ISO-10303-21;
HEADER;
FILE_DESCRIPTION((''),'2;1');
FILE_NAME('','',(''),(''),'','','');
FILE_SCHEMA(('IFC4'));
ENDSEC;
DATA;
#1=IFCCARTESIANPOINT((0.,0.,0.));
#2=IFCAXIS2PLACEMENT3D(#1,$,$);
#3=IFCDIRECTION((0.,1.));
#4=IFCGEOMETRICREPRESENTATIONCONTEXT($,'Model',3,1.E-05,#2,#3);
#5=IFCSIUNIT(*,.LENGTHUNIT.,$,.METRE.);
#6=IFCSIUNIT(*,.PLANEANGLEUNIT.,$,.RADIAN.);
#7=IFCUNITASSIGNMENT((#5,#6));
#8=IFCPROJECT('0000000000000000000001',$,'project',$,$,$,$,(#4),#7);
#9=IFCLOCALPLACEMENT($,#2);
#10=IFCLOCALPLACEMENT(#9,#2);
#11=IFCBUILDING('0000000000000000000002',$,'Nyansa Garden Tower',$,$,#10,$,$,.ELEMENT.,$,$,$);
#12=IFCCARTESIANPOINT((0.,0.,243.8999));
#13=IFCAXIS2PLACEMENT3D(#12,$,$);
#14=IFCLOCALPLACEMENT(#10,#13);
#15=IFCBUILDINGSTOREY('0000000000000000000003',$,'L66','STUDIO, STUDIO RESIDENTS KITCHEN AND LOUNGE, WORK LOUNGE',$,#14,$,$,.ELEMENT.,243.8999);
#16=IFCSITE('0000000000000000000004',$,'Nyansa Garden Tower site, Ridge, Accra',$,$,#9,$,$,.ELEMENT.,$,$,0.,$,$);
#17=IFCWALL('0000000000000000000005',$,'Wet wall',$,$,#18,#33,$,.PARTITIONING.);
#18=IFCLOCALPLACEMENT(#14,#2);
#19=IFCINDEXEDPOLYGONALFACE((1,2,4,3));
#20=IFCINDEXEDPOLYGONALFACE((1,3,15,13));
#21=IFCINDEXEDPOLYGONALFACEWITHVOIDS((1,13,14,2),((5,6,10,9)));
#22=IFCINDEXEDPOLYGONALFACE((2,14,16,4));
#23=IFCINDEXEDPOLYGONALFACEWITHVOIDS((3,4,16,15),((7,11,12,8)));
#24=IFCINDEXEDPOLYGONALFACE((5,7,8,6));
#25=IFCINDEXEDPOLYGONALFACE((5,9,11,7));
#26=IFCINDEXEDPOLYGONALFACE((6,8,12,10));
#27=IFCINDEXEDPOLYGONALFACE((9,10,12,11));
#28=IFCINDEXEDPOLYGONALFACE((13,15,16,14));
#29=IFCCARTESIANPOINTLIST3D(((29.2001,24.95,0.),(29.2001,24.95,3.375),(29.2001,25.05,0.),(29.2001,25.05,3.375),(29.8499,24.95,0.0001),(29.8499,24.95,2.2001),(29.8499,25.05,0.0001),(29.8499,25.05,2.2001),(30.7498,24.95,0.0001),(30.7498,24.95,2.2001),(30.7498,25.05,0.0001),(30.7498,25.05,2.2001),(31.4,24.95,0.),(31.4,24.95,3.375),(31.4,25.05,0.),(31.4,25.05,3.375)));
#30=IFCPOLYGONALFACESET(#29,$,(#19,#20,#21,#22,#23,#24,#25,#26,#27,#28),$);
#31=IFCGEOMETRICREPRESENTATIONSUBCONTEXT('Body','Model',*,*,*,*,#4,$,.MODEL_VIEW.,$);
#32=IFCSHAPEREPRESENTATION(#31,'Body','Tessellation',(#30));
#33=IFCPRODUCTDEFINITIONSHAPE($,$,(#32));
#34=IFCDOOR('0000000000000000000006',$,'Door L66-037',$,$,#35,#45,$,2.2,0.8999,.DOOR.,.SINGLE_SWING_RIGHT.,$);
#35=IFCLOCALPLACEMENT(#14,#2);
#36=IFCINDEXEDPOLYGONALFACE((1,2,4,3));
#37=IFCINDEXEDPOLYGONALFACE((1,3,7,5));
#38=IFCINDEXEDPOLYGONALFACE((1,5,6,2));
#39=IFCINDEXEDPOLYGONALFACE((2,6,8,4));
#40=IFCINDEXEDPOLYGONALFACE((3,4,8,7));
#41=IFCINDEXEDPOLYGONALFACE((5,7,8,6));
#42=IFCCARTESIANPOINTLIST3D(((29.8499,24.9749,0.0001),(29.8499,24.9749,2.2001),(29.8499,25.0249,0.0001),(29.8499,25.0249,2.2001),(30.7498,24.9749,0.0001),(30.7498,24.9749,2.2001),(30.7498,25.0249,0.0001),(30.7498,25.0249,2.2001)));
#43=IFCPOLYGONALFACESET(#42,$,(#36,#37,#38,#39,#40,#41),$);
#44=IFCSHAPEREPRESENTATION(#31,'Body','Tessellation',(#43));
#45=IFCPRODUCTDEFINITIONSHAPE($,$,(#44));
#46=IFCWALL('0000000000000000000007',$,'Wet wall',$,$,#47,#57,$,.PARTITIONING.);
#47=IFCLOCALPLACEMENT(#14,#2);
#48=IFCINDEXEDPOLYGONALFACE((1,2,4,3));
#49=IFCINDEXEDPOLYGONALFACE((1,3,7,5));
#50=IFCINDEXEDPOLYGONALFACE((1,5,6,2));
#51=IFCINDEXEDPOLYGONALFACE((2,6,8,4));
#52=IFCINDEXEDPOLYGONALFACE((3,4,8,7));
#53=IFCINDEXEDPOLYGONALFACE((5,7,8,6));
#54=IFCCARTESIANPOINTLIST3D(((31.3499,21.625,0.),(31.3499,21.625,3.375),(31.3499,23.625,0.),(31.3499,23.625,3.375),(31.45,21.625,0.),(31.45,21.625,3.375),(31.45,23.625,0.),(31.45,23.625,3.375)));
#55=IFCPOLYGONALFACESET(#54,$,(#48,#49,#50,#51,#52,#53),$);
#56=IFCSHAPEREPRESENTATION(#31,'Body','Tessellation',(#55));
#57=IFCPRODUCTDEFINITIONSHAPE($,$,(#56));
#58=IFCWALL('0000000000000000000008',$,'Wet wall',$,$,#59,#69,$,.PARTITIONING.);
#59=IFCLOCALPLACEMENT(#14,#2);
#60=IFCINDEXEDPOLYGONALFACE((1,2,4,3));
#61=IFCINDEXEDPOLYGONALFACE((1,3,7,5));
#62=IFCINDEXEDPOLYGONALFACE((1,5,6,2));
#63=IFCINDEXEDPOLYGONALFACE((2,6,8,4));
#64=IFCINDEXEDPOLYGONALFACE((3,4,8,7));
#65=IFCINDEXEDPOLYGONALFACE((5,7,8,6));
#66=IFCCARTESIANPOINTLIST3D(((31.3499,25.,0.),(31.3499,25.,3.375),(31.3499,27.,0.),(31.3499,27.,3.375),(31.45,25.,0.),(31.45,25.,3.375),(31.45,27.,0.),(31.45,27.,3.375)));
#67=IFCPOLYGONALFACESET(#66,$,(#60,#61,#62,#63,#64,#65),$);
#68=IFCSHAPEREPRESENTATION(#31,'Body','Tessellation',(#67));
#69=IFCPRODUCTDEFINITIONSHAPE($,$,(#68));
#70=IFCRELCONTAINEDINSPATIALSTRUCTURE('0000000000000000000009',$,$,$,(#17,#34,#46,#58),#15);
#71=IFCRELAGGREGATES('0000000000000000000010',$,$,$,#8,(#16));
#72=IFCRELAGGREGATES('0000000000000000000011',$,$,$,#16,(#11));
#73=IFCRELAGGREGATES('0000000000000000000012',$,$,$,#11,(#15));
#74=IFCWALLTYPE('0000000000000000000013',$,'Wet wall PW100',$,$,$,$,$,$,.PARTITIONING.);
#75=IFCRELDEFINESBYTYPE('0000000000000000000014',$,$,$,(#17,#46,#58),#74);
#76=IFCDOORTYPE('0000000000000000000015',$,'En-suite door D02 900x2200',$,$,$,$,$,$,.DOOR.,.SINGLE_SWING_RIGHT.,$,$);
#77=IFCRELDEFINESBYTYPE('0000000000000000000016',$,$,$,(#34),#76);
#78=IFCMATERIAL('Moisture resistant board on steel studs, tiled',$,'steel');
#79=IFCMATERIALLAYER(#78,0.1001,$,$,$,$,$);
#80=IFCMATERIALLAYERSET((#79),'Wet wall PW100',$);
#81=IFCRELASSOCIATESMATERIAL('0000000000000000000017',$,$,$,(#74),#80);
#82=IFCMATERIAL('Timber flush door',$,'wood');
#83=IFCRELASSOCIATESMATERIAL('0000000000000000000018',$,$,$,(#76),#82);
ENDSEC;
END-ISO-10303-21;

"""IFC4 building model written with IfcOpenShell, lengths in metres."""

from ifc_helpers import new_model, si_unit, direction, frame, frame_2d, origin, place, context, subcontext, project, spatial, rectangle, extrude, material, layer, layer_set, type_object, element, fill, save


model = new_model("IFC4")

# Units and contexts
model_context = context("Model", 3, precision=1e-05, world=origin(), true_north=direction((0.0, 1.0)))
body_context = subcontext(model_context, "Body", "Model", "MODEL_VIEW")
ifc_project = project(units=[si_unit("LENGTHUNIT", "METRE"), si_unit("PLANEANGLEUNIT", "RADIAN")], contexts=[model_context])

# Site, building, storey
site_placement = place(None, origin())
site = spatial("IfcSite", under=ifc_project, at=site_placement, Name="Nyansa Garden Tower site, Ridge, Accra", CompositionType="ELEMENT", RefElevation=0.0)
building_placement = place(site_placement, origin())
building = spatial("IfcBuilding", under=site, at=building_placement, Name="Nyansa Garden Tower", CompositionType="ELEMENT")
storey_placement = place(building_placement, frame((0.0, 0.0, 243.8999)))
storey = spatial("IfcBuildingStorey", under=building, at=storey_placement, Name="L66", Description="STUDIO, STUDIO RESIDENTS KITCHEN AND LOUNGE, WORK LOUNGE", CompositionType="ELEMENT", Elevation=243.8999)

# Wall, opening, door
ifc_material_1 = material(Name="Moisture resistant board on steel studs, tiled", Category="steel")
ifc_layer_1 = layer(ifc_material_1, 0.1001)
ifc_layer_set_1 = layer_set([ifc_layer_1], Name="Wet wall PW100")
wall_type_1 = type_object("IfcWallType", Name="Wet wall PW100", PredefinedType="PARTITIONING", material=ifc_layer_set_1)
ifc_material_2 = material(Name="Timber flush door", Category="wood")
door_type = type_object("IfcDoorType", Name="En-suite door D02 900x2200", OperationType="SINGLE_SWING_RIGHT", PredefinedType="DOOR", material=ifc_material_2)
wall_1_placement = place(storey_placement, frame((29.2, 25.0, 0.0), z_axis=(0.0, 0.0, 1.0), x_axis=(1.0, 0.0, 0.0)))
wall_1 = element("IfcWall", 1, at=wall_1_placement, inside=storey, type_object=wall_type_1, Name="Wet wall", PredefinedType="PARTITIONING", context=body_context, shape_type="SweptSolid", body=[
    extrude(rectangle(XDim=2.2, YDim=0.1001, at=frame_2d((1.1001, 0.0))), origin(), (0.0, 0.0, 1.0), 3.375),
])
opening_1_placement = place(wall_1_placement, frame((0.6499, 0.0, 0.0)))
opening_1 = element("IfcOpeningElement", 2, at=opening_1_placement, cuts=wall_1, PredefinedType="OPENING", context=body_context, shape_type="SweptSolid", body=[
    extrude(rectangle(XDim=0.8999, YDim=2.2, at=frame_2d((0.45, 1.1001))), frame((0.0, 0.0601, 0.0), z_axis=(0.0, -1.0, 0.0), x_axis=(1.0, 0.0, 0.0)), (0.0, 0.0, 1.0), 0.1201),
])
door_1_placement = place(opening_1_placement, origin())
door_1 = element("IfcDoor", 3, at=door_1_placement, inside=storey, type_object=door_type, Name="Door L66-037", OperationType="SINGLE_SWING_RIGHT", OverallHeight=2.2, OverallWidth=0.8999, PredefinedType="DOOR", context=body_context, shape_type="SweptSolid", body=[
    extrude(rectangle(XDim=0.8999, YDim=2.2, at=frame_2d((0.45, 1.1001))), frame((0.0, 0.0249, 0.0), z_axis=(0.0, -1.0, 0.0), x_axis=(1.0, 0.0, 0.0)), (0.0, 0.0, 1.0), 0.05),
])
fill(opening_1, door_1)

# Walls
for number, where, z_axis, x_axis, name in (
    (4, (31.3999, 21.625, 0.0), (0.0, 0.0, 1.0), (0.0, 1.0, 0.0), "Wet wall"),
    (5, (31.3999, 25.0, 0.0), (0.0, 0.0, 1.0), (0.0, 1.0, 0.0), "Wet wall"),
):
    element("IfcWall", number, at=place(storey_placement, frame(where, z_axis=z_axis, x_axis=x_axis)), inside=storey, type_object=wall_type_1, Name=name, PredefinedType="PARTITIONING", context=body_context, shape_type="SweptSolid", body=[
        extrude(rectangle(XDim=2.0, YDim=0.1001, at=frame_2d((1.0, 0.0))), origin(), (0.0, 0.0, 1.0), 3.375),
    ])

save(model, "model.ifc")
